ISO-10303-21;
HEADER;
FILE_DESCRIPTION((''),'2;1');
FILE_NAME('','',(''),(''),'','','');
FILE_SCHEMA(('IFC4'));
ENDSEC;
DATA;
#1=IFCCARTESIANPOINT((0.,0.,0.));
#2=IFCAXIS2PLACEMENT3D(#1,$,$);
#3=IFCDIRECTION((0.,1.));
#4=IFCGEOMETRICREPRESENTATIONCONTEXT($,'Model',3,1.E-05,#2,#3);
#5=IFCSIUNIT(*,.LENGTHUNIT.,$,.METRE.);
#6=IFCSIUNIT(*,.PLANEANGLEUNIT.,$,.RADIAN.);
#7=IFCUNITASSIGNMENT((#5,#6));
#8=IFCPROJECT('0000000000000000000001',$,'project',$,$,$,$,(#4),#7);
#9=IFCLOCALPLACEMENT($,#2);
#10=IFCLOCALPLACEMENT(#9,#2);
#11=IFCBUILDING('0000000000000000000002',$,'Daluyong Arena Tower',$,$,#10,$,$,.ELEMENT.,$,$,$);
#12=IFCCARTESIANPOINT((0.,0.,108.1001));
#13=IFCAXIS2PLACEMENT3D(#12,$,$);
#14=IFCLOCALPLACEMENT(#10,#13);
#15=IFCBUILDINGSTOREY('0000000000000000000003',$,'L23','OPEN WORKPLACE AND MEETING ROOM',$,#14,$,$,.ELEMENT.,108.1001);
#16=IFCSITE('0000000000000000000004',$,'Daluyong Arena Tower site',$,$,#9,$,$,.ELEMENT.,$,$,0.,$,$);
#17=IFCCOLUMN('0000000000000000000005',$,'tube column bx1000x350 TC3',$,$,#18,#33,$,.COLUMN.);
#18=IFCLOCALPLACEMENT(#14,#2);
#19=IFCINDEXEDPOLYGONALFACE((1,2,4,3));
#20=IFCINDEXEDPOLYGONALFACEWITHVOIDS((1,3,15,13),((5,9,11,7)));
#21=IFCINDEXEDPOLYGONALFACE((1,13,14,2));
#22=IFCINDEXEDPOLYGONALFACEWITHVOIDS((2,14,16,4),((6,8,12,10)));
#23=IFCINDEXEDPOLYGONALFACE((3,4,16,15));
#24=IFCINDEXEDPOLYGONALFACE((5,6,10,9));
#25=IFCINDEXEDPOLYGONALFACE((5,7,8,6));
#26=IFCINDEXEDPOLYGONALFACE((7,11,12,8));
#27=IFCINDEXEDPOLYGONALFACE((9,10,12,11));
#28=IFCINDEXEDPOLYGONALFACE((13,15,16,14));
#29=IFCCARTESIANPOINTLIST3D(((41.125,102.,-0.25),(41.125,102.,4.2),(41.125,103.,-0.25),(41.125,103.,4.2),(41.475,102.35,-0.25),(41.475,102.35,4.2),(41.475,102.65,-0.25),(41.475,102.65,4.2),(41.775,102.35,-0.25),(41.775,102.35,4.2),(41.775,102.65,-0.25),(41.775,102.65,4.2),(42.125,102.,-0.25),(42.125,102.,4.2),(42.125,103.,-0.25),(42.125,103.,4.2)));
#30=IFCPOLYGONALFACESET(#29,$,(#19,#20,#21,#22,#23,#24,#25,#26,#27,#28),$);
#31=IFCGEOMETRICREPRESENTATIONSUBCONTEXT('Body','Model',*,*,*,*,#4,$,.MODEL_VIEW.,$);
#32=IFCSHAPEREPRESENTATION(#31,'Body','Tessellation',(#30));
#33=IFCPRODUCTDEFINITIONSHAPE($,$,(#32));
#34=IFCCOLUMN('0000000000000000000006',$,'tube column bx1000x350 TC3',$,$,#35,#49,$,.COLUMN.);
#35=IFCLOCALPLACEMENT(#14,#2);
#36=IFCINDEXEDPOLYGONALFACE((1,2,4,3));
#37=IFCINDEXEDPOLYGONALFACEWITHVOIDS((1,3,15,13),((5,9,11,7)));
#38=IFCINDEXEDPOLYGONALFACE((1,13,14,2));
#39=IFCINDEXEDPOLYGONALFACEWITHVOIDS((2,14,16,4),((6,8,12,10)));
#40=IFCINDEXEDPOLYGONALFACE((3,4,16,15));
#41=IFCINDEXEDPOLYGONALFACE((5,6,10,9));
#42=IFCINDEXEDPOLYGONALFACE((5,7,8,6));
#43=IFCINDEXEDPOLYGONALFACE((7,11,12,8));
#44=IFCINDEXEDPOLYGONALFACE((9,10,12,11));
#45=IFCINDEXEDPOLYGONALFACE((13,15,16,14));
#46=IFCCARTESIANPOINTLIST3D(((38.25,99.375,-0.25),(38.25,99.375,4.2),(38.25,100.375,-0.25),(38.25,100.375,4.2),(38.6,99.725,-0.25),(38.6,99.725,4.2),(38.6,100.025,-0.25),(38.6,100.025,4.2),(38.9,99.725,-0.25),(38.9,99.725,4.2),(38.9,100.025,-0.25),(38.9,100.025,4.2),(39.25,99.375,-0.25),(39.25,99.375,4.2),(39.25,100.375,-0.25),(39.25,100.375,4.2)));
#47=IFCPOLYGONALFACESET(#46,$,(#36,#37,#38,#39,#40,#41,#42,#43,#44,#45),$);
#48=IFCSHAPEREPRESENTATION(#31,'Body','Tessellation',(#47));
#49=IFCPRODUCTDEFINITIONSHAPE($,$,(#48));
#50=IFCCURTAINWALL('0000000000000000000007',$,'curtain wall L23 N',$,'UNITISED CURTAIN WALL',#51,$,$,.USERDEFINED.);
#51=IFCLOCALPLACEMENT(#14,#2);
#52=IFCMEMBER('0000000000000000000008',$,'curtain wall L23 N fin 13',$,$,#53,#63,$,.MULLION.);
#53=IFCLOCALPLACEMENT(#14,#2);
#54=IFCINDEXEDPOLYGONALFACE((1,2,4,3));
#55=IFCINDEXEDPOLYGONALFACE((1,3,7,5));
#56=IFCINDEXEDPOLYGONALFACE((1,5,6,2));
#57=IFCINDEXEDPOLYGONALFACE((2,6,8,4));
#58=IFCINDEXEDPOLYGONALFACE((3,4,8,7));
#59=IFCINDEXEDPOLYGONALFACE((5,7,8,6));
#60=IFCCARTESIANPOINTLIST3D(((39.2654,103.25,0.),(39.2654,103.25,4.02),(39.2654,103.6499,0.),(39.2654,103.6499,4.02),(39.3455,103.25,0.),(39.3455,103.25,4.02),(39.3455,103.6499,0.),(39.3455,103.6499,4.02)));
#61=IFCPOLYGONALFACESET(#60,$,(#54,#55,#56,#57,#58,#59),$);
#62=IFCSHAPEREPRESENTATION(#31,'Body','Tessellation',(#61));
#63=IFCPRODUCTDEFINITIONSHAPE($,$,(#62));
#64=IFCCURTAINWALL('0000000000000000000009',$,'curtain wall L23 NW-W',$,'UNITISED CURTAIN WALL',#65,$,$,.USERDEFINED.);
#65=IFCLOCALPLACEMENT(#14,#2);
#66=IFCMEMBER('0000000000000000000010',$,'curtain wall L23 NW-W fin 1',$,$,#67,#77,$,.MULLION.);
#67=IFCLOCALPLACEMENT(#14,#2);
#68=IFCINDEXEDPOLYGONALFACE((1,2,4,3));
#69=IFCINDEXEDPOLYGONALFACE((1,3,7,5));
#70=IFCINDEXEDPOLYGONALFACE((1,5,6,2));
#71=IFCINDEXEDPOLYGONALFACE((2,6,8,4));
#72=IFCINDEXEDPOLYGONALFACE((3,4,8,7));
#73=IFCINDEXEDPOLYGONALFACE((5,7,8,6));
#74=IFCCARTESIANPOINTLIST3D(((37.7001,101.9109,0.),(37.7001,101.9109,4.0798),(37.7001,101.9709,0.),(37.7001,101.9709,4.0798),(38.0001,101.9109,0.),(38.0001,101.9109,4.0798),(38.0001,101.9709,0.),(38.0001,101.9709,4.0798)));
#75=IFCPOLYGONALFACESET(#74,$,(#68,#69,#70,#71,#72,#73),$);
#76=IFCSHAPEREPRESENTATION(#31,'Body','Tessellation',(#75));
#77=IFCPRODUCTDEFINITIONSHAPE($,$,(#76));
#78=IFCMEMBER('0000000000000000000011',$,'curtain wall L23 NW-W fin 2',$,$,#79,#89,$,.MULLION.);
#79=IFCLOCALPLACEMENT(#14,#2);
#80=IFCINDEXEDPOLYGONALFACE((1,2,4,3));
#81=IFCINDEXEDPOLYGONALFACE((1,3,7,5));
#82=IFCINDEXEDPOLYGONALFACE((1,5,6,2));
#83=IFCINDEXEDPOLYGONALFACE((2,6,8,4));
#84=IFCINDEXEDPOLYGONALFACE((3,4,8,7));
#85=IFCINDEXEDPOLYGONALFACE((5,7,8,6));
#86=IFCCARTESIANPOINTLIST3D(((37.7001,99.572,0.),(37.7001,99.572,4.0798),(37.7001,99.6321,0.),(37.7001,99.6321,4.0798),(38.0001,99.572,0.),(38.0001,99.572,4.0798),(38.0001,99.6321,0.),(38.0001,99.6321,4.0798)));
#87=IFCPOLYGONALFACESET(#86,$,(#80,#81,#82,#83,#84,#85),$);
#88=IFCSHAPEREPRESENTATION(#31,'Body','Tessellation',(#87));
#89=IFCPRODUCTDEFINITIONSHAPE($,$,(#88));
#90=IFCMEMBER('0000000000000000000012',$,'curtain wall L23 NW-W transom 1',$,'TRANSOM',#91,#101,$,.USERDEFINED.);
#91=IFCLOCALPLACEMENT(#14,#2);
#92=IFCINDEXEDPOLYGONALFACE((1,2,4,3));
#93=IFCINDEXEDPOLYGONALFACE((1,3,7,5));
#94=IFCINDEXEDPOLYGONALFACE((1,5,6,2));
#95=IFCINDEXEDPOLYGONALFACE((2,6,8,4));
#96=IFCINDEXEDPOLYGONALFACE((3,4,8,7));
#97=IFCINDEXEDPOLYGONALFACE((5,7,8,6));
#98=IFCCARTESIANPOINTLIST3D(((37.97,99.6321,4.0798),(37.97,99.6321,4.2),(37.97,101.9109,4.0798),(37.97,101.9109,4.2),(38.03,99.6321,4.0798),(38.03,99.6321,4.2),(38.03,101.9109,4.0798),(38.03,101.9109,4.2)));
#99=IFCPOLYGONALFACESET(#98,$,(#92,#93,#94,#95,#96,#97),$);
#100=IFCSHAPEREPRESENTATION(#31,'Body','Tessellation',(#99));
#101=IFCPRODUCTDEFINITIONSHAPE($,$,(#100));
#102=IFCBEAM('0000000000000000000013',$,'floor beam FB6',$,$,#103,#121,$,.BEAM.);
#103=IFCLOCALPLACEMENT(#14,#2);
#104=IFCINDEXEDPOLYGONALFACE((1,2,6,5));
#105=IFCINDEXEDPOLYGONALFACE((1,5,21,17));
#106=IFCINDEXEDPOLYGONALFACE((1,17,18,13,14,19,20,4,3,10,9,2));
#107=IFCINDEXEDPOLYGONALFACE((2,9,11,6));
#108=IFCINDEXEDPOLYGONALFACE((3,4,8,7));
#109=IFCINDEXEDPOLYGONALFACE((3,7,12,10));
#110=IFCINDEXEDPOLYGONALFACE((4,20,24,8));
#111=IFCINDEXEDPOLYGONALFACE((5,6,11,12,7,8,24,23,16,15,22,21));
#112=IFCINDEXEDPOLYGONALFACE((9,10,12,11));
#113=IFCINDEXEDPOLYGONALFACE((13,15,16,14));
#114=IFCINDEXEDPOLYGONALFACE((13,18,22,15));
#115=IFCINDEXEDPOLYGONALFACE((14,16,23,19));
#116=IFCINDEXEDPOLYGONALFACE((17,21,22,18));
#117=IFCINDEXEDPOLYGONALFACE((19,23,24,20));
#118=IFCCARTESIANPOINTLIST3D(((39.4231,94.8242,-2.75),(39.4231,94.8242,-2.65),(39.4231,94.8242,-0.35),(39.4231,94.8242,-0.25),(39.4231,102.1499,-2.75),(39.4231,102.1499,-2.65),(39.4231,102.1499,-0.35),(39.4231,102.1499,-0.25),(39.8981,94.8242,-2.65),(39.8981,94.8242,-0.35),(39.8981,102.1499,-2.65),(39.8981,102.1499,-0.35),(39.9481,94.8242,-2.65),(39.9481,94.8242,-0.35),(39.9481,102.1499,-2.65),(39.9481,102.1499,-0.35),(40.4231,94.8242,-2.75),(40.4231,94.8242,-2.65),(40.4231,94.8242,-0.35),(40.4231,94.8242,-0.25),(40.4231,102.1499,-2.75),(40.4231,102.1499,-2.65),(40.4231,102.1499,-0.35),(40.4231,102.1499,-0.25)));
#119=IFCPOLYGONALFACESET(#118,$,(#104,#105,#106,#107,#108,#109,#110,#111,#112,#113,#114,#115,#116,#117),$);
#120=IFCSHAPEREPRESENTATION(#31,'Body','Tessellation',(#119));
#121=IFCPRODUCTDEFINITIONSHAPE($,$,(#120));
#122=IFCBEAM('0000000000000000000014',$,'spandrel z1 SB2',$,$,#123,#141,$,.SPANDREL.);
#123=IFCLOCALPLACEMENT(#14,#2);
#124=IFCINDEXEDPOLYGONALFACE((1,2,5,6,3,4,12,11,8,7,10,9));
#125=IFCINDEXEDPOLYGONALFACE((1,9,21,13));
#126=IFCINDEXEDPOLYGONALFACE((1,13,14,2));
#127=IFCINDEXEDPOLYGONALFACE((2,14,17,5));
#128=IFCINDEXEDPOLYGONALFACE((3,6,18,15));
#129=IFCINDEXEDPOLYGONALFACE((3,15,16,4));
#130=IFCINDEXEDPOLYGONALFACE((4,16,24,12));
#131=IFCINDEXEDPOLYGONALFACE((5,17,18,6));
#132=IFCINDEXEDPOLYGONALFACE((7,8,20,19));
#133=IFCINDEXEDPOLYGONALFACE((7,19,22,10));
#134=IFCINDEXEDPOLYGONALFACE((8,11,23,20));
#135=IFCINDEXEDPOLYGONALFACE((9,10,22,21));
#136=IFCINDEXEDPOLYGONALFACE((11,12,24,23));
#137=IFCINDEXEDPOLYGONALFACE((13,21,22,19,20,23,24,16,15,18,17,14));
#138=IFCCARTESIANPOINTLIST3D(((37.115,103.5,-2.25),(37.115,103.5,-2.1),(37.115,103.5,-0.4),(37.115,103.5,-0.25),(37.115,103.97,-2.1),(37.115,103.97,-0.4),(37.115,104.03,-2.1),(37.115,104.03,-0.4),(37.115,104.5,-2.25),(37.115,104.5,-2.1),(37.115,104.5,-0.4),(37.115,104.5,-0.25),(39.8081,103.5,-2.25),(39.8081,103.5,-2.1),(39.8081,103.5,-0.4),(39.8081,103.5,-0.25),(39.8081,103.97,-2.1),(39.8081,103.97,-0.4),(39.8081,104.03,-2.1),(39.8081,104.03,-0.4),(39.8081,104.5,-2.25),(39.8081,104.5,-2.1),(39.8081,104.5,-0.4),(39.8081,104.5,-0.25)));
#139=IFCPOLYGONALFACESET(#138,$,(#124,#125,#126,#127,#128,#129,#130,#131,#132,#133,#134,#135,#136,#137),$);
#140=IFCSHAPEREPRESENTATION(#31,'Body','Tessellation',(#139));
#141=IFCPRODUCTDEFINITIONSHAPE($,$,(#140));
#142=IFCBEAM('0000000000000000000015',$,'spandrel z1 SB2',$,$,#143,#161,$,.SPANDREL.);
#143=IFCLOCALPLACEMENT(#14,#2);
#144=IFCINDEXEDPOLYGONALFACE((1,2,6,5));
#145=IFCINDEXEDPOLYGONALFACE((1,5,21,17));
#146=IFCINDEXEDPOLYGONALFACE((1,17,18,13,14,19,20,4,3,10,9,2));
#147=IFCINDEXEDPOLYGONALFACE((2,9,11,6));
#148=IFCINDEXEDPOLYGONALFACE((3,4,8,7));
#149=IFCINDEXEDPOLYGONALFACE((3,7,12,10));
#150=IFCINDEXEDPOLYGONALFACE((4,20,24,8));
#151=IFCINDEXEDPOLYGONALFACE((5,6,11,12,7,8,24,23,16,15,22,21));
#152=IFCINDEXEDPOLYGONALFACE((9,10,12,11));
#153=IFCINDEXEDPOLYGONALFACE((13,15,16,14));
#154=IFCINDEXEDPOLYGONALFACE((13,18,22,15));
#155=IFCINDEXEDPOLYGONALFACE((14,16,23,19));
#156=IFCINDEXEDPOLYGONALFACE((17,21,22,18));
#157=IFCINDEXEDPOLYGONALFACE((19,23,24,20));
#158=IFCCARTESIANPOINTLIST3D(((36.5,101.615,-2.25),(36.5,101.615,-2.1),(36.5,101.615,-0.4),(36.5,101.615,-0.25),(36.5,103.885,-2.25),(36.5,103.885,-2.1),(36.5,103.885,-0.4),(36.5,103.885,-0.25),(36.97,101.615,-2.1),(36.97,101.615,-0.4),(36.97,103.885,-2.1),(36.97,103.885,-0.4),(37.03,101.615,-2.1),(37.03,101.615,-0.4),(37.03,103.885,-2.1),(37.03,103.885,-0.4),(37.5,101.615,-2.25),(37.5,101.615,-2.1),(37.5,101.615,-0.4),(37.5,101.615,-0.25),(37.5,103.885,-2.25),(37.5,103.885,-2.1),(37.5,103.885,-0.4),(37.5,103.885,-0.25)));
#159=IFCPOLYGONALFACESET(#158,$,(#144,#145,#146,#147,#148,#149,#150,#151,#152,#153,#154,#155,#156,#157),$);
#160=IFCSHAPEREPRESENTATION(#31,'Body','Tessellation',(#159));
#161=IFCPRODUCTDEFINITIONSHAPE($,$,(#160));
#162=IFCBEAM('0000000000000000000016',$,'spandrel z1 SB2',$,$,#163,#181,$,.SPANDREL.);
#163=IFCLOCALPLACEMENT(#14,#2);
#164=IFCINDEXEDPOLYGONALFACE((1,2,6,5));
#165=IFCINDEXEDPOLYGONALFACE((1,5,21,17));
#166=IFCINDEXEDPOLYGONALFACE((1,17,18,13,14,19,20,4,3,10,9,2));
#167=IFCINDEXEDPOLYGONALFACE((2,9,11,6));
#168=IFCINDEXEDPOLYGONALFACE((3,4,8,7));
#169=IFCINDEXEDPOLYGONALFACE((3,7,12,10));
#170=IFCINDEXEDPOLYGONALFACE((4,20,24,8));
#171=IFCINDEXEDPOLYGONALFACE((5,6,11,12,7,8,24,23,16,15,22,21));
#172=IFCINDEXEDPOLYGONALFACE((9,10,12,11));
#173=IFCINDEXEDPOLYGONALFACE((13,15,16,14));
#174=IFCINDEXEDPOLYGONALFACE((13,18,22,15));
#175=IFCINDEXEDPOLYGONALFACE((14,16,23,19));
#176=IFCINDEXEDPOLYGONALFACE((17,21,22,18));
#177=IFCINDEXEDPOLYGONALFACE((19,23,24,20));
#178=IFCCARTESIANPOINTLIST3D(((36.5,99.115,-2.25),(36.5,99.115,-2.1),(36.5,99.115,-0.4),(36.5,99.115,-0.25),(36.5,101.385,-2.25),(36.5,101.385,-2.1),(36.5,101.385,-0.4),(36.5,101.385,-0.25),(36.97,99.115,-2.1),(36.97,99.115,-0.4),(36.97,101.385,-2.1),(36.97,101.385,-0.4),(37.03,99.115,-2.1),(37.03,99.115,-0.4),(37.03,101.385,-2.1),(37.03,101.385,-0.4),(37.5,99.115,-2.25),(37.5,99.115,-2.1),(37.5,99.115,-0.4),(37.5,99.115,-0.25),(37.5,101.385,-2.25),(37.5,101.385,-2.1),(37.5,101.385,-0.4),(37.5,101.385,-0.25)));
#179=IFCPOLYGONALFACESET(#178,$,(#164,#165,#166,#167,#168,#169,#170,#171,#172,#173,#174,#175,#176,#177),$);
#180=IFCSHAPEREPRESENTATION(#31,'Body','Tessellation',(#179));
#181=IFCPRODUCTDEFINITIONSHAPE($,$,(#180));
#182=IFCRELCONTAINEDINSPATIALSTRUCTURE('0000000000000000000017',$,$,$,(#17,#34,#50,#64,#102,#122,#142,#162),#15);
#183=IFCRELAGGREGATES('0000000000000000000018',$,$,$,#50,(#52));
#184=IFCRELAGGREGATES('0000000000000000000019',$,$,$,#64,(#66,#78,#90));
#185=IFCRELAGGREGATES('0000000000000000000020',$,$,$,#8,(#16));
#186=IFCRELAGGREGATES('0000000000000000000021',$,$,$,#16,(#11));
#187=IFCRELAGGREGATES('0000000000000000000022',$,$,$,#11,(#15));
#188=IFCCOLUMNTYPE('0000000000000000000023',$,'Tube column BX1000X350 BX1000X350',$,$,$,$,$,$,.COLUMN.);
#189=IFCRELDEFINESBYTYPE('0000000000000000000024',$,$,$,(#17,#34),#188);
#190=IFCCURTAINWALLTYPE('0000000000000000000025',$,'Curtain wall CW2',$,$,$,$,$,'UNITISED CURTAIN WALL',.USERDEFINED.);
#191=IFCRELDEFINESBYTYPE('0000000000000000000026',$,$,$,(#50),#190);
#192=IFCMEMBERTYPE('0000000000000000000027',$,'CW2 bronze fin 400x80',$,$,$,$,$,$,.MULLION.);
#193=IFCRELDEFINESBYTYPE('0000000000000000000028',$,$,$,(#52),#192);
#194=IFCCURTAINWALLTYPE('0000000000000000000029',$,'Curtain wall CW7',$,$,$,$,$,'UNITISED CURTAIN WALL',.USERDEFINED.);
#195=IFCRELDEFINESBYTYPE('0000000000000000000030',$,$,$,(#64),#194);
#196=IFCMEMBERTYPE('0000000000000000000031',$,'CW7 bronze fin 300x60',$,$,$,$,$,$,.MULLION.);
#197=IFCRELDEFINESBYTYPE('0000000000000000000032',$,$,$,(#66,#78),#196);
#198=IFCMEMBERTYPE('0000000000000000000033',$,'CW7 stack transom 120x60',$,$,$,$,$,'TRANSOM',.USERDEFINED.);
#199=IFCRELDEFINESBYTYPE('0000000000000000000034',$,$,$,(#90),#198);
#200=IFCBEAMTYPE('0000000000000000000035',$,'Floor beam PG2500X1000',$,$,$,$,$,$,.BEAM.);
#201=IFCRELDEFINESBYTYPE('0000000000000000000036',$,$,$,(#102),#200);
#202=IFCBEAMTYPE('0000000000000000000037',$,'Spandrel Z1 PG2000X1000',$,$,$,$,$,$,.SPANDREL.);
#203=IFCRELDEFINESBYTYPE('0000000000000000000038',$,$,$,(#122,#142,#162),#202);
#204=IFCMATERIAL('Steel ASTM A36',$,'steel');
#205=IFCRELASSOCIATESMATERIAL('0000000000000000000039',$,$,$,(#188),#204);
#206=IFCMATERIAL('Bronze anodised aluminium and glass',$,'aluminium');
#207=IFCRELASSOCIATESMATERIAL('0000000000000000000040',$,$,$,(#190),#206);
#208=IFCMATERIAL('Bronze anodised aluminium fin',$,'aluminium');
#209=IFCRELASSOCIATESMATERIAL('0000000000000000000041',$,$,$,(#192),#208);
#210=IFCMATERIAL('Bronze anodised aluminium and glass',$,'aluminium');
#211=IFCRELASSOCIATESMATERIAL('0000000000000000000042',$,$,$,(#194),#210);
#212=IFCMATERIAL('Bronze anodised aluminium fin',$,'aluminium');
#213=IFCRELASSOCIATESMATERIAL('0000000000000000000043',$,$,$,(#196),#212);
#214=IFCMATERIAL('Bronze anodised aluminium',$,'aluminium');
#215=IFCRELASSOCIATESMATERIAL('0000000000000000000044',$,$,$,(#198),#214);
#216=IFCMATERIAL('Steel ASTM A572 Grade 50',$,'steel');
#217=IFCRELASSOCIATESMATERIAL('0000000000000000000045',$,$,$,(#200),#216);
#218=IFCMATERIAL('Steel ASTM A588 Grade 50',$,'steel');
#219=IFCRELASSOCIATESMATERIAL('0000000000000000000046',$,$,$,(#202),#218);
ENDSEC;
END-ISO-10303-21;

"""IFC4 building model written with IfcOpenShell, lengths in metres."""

from ifc_helpers import new_model, si_unit, direction, frame, origin, origin_2d, place, context, subcontext, project, spatial, rectangle, hollow_rectangle, i_section, extrude, material, material_profile, profile_set, type_object, element, aggregate, save


model = new_model("IFC4")

# Units and contexts
model_context = context("Model", 3, precision=1e-05, world=origin(), true_north=direction((0.0, 1.0)))
body_context = subcontext(model_context, "Body", "Model", "MODEL_VIEW")
ifc_project = project(units=[si_unit("LENGTHUNIT", "METRE"), si_unit("PLANEANGLEUNIT", "RADIAN")], contexts=[model_context])

# Site, building, storey
site_placement = place(None, origin())
site = spatial("IfcSite", under=ifc_project, at=site_placement, Name="Daluyong Arena Tower site", CompositionType="ELEMENT", RefElevation=0.0)
building_placement = place(site_placement, origin())
building = spatial("IfcBuilding", under=site, at=building_placement, Name="Daluyong Arena Tower", CompositionType="ELEMENT")
storey_placement = place(building_placement, frame((0.0, 0.0, 108.1001)))
storey = spatial("IfcBuildingStorey", under=building, at=storey_placement, Name="L23", Description="OPEN WORKPLACE AND MEETING ROOM", CompositionType="ELEMENT", Elevation=108.1001)

# Columns
ifc_material_1 = material(Name="Steel ASTM A36", Category="steel")
ifc_material_profile_1 = material_profile(ifc_material_1, hollow_rectangle(XDim=1.0, YDim=1.0, WallThickness=0.35, at=origin_2d()))
ifc_profile_set_1 = profile_set([ifc_material_profile_1], Name="Steel ASTM A36")
column_type_1 = type_object("IfcColumnType", Name="Tube column BX1000X350 BX1000X350", PredefinedType="COLUMN", material=ifc_profile_set_1)
for number, where, z_axis, x_axis, name in (
    (1, (41.625, 102.5, -0.25), (0.0, 0.0, 1.0), (1.0, 0.0, 0.0), "tube column bx1000x350 TC3"),
    (2, (38.75, 99.875, -0.25), (0.0, 0.0, 1.0), (0.0, 1.0, 0.0), "tube column bx1000x350 TC3"),
):
    element("IfcColumn", number, at=place(storey_placement, frame(where, z_axis=z_axis, x_axis=x_axis)), inside=storey, type_object=column_type_1, Name=name, PredefinedType="COLUMN", context=body_context, shape_type="SweptSolid", body=[
        extrude(hollow_rectangle(XDim=1.0, YDim=1.0, WallThickness=0.35, at=origin_2d()), origin(), (0.0, 0.0, 1.0), 4.45),
    ])

# Curtain wall, member
ifc_material_2 = material(Name="Bronze anodised aluminium and glass", Category="aluminium")
curtain_wall_type_1 = type_object("IfcCurtainWallType", Name="Curtain wall CW2", ElementType="UNITISED CURTAIN WALL", PredefinedType="USERDEFINED", material=ifc_material_2)
curtain_wall_1_placement = place(storey_placement, origin())
curtain_wall_1 = element("IfcCurtainWall", 3, at=curtain_wall_1_placement, inside=storey, type_object=curtain_wall_type_1, Name="curtain wall L23 N", ObjectType="UNITISED CURTAIN WALL", PredefinedType="USERDEFINED")
ifc_material_3 = material(Name="Bronze anodised aluminium fin", Category="aluminium")
ifc_material_profile_2 = material_profile(ifc_material_3, rectangle(XDim=0.3999, YDim=0.0801, at=origin_2d()))
ifc_profile_set_2 = profile_set([ifc_material_profile_2], Name="Bronze anodised aluminium fin")
member_type_1 = type_object("IfcMemberType", Name="CW2 bronze fin 400x80", PredefinedType="MULLION", material=ifc_profile_set_2)
member_1_placement = place(storey_placement, frame((39.3054, 103.45, 0.0), z_axis=(0.0, 0.0, 1.0), x_axis=(0.0, -1.0, 0.0)))
member_1 = element("IfcMember", 4, at=member_1_placement, type_object=member_type_1, Name="curtain wall L23 N fin 13", PredefinedType="MULLION", context=body_context, shape_type="SweptSolid", body=[
    extrude(rectangle(XDim=0.3999, YDim=0.0801, at=origin_2d()), origin(), (0.0, 0.0, 1.0), 4.02),
])

# Curtain wall, members
ifc_material_4 = material(Name="Bronze anodised aluminium and glass", Category="aluminium")
curtain_wall_type_2 = type_object("IfcCurtainWallType", Name="Curtain wall CW7", ElementType="UNITISED CURTAIN WALL", PredefinedType="USERDEFINED", material=ifc_material_4)
curtain_wall_2_placement = place(storey_placement, origin())
curtain_wall_2 = element("IfcCurtainWall", 5, at=curtain_wall_2_placement, inside=storey, type_object=curtain_wall_type_2, Name="curtain wall L23 NW-W", ObjectType="UNITISED CURTAIN WALL", PredefinedType="USERDEFINED")
ifc_material_5 = material(Name="Bronze anodised aluminium fin", Category="aluminium")
ifc_material_profile_3 = material_profile(ifc_material_5, rectangle(XDim=0.3, YDim=0.0601, at=origin_2d()))
ifc_profile_set_3 = profile_set([ifc_material_profile_3], Name="Bronze anodised aluminium fin")
member_type_2 = type_object("IfcMemberType", Name="CW7 bronze fin 300x60", PredefinedType="MULLION", material=ifc_profile_set_3)
member_2_placement = place(storey_placement, frame((37.8501, 101.9409, 0.0), z_axis=(0.0, 0.0, 1.0), x_axis=(1.0, 0.0, 0.0)))
member_2 = element("IfcMember", 6, at=member_2_placement, type_object=member_type_2, Name="curtain wall L23 NW-W fin 1", PredefinedType="MULLION", context=body_context, shape_type="SweptSolid", body=[
    extrude(rectangle(XDim=0.3, YDim=0.0601, at=origin_2d()), origin(), (0.0, 0.0, 1.0), 4.0798),
])
member_3_placement = place(storey_placement, frame((37.8501, 99.6021, 0.0), z_axis=(0.0, 0.0, 1.0), x_axis=(1.0, 0.0, 0.0)))
member_3 = element("IfcMember", 7, at=member_3_placement, type_object=member_type_2, Name="curtain wall L23 NW-W fin 2", PredefinedType="MULLION", context=body_context, shape_type="SweptSolid", body=[
    extrude(rectangle(XDim=0.3, YDim=0.0601, at=origin_2d()), origin(), (0.0, 0.0, 1.0), 4.0798),
])
ifc_material_6 = material(Name="Bronze anodised aluminium", Category="aluminium")
ifc_material_profile_4 = material_profile(ifc_material_6, rectangle(XDim=0.0601, YDim=0.1201, at=origin_2d()))
ifc_profile_set_4 = profile_set([ifc_material_profile_4], Name="Bronze anodised aluminium")
member_type_3 = type_object("IfcMemberType", Name="CW7 stack transom 120x60", ElementType="TRANSOM", PredefinedType="USERDEFINED", material=ifc_profile_set_4)
member_4_placement = place(storey_placement, frame((38.0, 101.9109, 4.1399), z_axis=(0.0, -1.0, 0.0), x_axis=(1.0, 0.0, 0.0)))
member_4 = element("IfcMember", 8, at=member_4_placement, type_object=member_type_3, Name="curtain wall L23 NW-W transom 1", ObjectType="TRANSOM", PredefinedType="USERDEFINED", context=body_context, shape_type="SweptSolid", body=[
    extrude(rectangle(XDim=0.0601, YDim=0.1201, at=origin_2d()), origin(), (0.0, 0.0, 1.0), 2.2788),
])

# Beams
ifc_material_7 = material(Name="Steel ASTM A572 Grade 50", Category="steel")
ifc_material_profile_5 = material_profile(ifc_material_7, i_section(OverallWidth=1.0, OverallDepth=2.5, WebThickness=0.05, FlangeThickness=0.1, at=origin_2d()))
ifc_profile_set_5 = profile_set([ifc_material_profile_5], Name="Steel ASTM A572 Grade 50")
beam_type_1 = type_object("IfcBeamType", Name="Floor beam PG2500X1000", PredefinedType="BEAM", material=ifc_profile_set_5)
beam_1_placement = place(storey_placement, frame((39.9231, 102.1499, -1.5), z_axis=(0.0, -1.0, 0.0), x_axis=(1.0, 0.0, 0.0)))
element("IfcBeam", 9, at=beam_1_placement, inside=storey, type_object=beam_type_1, Name="floor beam FB6", PredefinedType="BEAM", context=body_context, shape_type="SweptSolid", body=[
    extrude(i_section(OverallWidth=1.0, OverallDepth=2.5, WebThickness=0.05, FlangeThickness=0.1, at=origin_2d()), origin(), (0.0, 0.0, 1.0), 7.3257),
])
ifc_material_8 = material(Name="Steel ASTM A588 Grade 50", Category="steel")
ifc_material_profile_6 = material_profile(ifc_material_8, i_section(OverallWidth=1.0, OverallDepth=2.0, WebThickness=0.06, FlangeThickness=0.15, at=origin_2d()))
ifc_profile_set_6 = profile_set([ifc_material_profile_6], Name="Steel ASTM A588 Grade 50")
beam_type_2 = type_object("IfcBeamType", Name="Spandrel Z1 PG2000X1000", PredefinedType="SPANDREL", material=ifc_profile_set_6)
beam_2_placement = place(storey_placement, frame((39.8081, 104.0, -1.25), z_axis=(-1.0, 0.0, 0.0), x_axis=(0.0, -1.0, 0.0)))
element("IfcBeam", 10, at=beam_2_placement, inside=storey, type_object=beam_type_2, Name="spandrel z1 SB2", PredefinedType="SPANDREL", context=body_context, shape_type="SweptSolid", body=[
    extrude(i_section(OverallWidth=1.0, OverallDepth=2.0, WebThickness=0.06, FlangeThickness=0.15, at=origin_2d()), origin(), (0.0, 0.0, 1.0), 2.6931),
])
for number, where, z_axis, x_axis, name in (
    (11, (37.0, 103.885, -1.25), (0.0, -1.0, 0.0), (1.0, 0.0, 0.0), "spandrel z1 SB2"),
    (12, (37.0, 101.385, -1.25), (0.0, -1.0, 0.0), (1.0, 0.0, 0.0), "spandrel z1 SB2"),
):
    element("IfcBeam", number, at=place(storey_placement, frame(where, z_axis=z_axis, x_axis=x_axis)), inside=storey, type_object=beam_type_2, Name=name, PredefinedType="SPANDREL", context=body_context, shape_type="SweptSolid", body=[
        extrude(i_section(OverallWidth=1.0, OverallDepth=2.0, WebThickness=0.06, FlangeThickness=0.15, at=origin_2d()), origin(), (0.0, 0.0, 1.0), 2.27),
    ])

aggregate(curtain_wall_1, [member_1])
aggregate(curtain_wall_2, [member_2, member_3, member_4])

save(model, "model.ifc")
